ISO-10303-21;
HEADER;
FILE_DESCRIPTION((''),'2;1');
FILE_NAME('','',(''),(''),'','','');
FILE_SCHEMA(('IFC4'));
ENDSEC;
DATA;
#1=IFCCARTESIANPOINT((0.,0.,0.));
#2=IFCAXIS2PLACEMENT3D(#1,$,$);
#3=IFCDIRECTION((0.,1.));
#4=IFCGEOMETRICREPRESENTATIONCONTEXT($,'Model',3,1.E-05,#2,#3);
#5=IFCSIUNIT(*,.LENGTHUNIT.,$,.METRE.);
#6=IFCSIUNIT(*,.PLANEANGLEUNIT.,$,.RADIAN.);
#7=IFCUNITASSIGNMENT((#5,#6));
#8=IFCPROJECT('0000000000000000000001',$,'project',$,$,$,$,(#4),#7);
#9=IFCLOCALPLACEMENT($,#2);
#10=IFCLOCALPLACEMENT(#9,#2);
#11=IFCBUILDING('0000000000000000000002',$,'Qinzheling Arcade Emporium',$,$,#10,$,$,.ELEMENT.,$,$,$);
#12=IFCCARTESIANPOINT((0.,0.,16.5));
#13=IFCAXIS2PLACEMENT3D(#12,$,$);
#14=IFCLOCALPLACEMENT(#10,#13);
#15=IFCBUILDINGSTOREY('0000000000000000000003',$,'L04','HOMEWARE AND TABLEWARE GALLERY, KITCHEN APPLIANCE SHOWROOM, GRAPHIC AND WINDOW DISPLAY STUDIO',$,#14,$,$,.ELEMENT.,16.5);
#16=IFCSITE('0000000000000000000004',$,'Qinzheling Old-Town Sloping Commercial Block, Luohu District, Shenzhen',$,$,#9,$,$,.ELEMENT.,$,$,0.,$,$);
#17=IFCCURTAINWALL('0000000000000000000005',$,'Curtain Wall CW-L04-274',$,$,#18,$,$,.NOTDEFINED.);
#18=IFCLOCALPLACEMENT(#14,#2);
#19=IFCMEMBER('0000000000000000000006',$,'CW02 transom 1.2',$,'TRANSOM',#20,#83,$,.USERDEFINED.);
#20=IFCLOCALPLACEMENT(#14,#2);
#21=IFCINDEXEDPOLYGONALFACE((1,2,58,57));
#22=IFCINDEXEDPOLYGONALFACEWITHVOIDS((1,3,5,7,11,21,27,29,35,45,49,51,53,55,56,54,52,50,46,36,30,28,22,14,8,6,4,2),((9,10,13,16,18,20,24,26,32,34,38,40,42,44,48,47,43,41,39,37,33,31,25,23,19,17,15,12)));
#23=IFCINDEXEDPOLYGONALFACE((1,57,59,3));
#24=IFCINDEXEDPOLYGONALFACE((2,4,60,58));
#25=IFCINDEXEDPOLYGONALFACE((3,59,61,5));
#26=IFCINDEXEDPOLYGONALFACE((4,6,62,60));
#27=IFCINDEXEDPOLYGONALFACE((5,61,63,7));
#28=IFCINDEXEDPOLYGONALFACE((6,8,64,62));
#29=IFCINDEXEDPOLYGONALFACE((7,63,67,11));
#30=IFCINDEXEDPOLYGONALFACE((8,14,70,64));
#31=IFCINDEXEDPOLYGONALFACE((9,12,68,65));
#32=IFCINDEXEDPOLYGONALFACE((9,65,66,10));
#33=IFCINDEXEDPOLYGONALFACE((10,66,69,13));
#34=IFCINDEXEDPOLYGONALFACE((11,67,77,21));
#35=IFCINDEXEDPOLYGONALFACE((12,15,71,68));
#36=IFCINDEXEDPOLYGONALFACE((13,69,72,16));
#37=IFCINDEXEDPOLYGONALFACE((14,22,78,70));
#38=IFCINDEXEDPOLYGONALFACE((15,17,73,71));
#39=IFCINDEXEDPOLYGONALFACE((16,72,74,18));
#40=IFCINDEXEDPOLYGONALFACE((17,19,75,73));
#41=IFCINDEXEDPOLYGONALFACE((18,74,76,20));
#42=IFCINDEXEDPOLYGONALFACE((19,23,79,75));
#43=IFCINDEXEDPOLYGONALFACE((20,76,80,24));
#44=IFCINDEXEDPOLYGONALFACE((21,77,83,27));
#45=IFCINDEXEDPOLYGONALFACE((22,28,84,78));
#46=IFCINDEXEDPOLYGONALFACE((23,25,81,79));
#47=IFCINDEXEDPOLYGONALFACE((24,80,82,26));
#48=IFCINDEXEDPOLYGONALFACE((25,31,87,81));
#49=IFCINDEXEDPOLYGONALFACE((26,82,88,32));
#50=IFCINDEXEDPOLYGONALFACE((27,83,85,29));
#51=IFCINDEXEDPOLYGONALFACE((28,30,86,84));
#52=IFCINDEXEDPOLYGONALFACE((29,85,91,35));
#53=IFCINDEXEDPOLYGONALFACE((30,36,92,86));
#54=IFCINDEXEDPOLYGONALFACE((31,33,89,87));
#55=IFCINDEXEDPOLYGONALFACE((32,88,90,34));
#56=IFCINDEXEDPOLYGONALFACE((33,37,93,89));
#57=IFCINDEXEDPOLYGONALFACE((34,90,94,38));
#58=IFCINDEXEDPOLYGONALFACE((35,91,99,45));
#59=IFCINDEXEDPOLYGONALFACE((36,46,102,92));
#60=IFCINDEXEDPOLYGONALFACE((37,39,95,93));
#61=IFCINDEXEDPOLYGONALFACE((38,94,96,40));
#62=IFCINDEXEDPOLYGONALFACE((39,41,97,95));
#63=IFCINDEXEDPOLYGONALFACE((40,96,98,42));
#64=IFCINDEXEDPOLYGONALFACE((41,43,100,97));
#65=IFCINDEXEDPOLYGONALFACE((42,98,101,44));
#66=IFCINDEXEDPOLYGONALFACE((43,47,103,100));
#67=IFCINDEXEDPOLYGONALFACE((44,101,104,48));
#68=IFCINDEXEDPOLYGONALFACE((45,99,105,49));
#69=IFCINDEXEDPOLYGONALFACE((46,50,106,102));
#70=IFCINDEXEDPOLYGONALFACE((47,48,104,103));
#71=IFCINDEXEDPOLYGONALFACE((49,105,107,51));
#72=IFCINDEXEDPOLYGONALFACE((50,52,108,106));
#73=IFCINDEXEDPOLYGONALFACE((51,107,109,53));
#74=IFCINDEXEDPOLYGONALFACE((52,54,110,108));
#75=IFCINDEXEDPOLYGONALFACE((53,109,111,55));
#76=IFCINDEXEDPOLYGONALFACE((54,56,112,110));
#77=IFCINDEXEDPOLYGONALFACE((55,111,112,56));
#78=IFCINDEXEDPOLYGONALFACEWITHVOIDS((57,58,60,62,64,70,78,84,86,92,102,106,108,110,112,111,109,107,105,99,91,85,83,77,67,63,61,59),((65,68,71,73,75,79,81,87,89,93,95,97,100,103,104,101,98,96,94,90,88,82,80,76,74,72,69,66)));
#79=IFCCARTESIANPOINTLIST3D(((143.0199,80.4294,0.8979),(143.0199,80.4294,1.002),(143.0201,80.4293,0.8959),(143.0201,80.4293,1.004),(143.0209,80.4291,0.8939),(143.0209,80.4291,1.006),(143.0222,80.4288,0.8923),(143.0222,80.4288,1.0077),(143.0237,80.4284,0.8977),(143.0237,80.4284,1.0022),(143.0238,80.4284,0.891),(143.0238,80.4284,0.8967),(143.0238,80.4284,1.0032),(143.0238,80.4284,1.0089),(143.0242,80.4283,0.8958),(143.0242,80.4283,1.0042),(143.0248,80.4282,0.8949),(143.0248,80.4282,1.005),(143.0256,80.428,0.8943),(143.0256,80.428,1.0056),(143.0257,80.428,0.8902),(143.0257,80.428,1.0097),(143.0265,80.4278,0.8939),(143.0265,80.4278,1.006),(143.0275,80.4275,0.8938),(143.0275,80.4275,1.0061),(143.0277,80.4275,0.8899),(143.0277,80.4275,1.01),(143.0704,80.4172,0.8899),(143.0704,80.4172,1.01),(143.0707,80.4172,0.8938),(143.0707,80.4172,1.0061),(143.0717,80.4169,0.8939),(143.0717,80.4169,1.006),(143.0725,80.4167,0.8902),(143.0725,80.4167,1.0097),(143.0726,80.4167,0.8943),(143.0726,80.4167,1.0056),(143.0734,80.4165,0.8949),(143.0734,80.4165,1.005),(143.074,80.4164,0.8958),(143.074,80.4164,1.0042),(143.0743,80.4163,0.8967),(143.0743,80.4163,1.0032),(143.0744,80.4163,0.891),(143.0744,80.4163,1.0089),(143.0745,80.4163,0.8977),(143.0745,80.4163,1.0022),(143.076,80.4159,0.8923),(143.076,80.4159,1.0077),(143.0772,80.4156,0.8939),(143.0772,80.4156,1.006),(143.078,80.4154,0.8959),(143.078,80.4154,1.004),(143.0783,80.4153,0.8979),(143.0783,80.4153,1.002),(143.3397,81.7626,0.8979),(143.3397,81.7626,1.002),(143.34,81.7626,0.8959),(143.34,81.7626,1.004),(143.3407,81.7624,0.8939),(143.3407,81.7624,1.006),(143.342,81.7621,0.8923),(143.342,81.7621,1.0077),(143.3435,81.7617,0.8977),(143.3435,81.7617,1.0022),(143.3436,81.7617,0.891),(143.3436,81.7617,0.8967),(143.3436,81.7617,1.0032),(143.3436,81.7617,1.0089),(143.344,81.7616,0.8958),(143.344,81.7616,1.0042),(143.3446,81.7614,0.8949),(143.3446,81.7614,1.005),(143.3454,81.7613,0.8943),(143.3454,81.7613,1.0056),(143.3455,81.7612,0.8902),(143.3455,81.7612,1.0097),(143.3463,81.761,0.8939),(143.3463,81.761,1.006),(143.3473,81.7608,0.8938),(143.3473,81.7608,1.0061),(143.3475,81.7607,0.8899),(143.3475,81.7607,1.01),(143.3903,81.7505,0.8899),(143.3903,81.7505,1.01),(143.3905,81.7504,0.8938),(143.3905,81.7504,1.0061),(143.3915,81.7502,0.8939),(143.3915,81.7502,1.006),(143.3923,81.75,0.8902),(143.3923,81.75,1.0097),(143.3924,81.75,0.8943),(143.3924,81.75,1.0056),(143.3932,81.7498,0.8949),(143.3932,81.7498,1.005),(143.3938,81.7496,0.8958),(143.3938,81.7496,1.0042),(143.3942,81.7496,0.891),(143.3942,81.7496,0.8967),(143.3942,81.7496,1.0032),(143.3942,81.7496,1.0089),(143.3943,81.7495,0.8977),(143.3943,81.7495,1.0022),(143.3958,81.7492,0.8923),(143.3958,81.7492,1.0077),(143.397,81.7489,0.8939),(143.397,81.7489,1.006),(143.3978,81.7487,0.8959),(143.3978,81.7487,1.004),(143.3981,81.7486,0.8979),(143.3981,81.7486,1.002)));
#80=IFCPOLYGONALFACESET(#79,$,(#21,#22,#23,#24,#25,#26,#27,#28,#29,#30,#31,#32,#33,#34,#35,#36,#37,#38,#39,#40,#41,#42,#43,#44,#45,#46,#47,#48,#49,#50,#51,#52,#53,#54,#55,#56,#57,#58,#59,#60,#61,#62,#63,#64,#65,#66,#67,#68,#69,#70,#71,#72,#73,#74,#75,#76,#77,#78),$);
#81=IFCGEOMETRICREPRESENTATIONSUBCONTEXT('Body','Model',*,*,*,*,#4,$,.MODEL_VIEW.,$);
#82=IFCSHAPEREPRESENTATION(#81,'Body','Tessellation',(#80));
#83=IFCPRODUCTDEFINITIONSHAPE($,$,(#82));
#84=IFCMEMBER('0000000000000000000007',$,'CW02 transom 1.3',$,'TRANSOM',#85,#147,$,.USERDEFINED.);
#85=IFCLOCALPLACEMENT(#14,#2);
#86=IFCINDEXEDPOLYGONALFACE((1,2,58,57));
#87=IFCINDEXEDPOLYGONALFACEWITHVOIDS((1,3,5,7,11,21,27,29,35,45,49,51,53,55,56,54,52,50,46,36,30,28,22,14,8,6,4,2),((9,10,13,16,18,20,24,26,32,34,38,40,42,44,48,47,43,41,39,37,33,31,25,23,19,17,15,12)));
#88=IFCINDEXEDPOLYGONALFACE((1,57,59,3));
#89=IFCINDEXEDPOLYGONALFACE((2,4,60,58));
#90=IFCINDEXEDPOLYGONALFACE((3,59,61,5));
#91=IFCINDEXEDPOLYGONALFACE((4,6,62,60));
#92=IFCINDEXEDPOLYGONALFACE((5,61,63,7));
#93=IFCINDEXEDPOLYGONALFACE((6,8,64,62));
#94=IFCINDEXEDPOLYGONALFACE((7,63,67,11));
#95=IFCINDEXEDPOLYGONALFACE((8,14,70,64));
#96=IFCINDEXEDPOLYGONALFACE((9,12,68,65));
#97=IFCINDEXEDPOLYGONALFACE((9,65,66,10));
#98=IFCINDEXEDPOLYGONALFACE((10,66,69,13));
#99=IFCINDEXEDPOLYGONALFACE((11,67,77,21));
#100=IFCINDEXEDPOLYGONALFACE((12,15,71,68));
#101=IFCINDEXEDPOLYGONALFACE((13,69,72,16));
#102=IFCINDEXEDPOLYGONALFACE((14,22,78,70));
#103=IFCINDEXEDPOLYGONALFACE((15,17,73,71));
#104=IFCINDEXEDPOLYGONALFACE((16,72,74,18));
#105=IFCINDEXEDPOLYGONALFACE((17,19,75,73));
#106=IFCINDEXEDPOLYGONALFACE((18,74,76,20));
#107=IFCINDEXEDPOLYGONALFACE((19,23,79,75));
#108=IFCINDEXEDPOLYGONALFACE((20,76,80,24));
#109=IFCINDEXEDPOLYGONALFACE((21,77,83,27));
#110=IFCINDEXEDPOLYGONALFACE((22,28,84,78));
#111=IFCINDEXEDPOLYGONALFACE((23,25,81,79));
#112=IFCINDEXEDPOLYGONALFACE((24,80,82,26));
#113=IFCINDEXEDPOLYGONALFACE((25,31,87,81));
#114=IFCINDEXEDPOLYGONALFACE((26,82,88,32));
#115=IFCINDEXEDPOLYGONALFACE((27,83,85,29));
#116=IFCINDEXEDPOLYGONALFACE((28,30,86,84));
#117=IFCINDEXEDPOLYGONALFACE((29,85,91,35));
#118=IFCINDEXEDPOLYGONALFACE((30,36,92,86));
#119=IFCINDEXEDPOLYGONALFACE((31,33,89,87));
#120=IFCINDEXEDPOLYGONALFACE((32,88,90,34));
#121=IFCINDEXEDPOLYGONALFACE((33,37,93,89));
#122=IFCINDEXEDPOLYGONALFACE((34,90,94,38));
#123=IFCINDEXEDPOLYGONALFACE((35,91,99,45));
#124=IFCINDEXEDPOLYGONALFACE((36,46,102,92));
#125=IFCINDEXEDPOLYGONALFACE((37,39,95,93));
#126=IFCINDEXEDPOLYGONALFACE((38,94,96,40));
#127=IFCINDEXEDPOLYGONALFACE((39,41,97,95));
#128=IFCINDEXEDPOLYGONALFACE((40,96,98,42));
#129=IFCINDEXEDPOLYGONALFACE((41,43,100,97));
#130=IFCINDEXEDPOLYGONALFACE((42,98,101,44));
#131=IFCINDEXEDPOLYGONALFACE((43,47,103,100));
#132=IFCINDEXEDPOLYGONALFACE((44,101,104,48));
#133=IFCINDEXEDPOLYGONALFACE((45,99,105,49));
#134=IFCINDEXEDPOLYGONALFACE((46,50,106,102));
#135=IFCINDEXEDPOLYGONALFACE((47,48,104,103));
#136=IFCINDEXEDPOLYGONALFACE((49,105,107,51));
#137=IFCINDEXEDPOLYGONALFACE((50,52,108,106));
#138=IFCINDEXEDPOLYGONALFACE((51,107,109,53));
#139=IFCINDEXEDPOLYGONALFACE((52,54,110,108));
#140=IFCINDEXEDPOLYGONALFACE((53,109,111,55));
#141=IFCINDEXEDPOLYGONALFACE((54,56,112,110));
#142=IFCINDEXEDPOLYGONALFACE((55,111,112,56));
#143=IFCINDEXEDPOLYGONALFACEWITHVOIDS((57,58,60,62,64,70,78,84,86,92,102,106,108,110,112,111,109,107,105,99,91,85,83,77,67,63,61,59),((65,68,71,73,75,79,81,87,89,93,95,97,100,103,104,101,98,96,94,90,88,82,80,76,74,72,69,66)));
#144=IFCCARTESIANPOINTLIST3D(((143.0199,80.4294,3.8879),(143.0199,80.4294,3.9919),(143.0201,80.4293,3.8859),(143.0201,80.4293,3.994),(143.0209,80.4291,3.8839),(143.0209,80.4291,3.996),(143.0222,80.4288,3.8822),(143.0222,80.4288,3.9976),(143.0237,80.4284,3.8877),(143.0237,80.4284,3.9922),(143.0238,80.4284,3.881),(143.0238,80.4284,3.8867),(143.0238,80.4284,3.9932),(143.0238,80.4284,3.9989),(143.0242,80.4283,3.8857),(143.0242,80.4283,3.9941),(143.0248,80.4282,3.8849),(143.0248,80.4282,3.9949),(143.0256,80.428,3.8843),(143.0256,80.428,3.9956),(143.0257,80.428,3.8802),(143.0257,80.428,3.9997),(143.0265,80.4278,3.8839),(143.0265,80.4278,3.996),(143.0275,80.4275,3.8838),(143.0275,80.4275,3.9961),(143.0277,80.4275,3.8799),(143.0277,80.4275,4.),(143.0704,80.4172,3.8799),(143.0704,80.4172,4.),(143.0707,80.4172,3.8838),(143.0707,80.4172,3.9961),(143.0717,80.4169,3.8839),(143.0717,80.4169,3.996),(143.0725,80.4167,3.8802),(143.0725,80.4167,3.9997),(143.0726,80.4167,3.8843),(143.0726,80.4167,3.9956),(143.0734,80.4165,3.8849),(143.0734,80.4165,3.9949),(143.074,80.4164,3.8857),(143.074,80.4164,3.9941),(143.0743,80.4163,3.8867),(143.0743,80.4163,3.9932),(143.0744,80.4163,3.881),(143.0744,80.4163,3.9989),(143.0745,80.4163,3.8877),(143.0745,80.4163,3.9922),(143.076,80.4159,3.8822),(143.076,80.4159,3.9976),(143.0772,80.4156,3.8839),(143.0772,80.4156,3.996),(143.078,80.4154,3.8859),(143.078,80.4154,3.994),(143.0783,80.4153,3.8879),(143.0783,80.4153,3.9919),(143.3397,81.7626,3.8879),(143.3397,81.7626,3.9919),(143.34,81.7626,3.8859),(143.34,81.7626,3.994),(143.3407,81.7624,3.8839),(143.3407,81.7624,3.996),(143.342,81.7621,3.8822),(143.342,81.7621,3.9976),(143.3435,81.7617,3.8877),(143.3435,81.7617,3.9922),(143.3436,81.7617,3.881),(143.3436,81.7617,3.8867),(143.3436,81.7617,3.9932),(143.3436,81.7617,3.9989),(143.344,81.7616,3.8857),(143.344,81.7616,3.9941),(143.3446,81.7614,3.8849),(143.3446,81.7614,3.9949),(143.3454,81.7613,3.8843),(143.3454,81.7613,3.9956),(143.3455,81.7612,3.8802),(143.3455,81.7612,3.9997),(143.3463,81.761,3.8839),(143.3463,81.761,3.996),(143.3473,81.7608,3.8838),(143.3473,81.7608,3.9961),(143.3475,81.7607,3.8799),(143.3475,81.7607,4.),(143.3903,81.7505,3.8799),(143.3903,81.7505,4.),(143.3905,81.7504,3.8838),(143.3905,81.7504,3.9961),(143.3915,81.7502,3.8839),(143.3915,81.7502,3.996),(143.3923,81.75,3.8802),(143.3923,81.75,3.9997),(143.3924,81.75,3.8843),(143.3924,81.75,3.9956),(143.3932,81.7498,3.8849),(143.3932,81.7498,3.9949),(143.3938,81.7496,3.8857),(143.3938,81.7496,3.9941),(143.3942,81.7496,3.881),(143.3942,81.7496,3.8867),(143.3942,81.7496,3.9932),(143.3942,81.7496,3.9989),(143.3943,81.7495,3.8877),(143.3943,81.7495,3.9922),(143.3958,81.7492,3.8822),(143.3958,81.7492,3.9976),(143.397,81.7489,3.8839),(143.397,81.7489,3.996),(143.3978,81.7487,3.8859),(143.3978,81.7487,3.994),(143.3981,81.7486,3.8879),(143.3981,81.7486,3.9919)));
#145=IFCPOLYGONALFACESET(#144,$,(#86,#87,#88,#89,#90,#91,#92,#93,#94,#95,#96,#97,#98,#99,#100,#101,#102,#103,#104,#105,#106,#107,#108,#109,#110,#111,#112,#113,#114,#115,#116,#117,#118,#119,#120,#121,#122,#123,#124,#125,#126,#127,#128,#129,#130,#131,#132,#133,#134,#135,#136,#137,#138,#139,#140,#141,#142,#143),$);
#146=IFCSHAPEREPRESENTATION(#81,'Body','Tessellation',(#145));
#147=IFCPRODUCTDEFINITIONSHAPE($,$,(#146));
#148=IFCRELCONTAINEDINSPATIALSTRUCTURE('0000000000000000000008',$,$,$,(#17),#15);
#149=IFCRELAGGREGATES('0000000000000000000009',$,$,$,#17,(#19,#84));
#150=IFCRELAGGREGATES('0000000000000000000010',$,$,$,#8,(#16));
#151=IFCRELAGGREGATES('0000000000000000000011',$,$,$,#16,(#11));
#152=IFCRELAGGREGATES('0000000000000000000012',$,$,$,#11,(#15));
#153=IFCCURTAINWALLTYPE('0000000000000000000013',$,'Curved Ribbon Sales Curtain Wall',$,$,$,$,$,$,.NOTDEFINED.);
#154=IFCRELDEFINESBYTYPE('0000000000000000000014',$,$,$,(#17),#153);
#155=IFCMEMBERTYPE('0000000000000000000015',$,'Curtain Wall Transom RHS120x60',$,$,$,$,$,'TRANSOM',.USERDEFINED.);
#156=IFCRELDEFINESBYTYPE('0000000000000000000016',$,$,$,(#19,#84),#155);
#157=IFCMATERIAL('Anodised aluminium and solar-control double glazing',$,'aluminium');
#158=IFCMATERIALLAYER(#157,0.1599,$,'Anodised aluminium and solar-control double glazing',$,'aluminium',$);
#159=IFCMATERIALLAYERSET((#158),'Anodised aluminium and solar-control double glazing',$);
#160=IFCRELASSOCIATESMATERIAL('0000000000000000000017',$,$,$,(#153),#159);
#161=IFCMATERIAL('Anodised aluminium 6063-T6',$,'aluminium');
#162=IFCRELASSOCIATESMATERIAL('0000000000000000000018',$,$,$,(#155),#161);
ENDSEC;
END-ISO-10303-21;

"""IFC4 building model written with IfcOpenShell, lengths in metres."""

from ifc_helpers import new_model, si_unit, direction, frame, origin, origin_2d, place, context, subcontext, project, spatial, hollow_rectangle, extrude, material, layer, layer_set, material_profile, profile_set, type_object, element, aggregate, save


model = new_model("IFC4")

# Units and contexts
model_context = context("Model", 3, precision=1e-05, world=origin(), true_north=direction((0.0, 1.0)))
body_context = subcontext(model_context, "Body", "Model", "MODEL_VIEW")
ifc_project = project(units=[si_unit("LENGTHUNIT", "METRE"), si_unit("PLANEANGLEUNIT", "RADIAN")], contexts=[model_context])

# Site, building, storey
site_placement = place(None, origin())
site = spatial("IfcSite", under=ifc_project, at=site_placement, Name="Qinzheling Old-Town Sloping Commercial Block, Luohu District, Shenzhen", CompositionType="ELEMENT", RefElevation=0.0)
building_placement = place(site_placement, origin())
building = spatial("IfcBuilding", under=site, at=building_placement, Name="Qinzheling Arcade Emporium", CompositionType="ELEMENT")
storey_placement = place(building_placement, frame((0.0, 0.0, 16.5)))
storey = spatial("IfcBuildingStorey", under=building, at=storey_placement, Name="L04", Description="HOMEWARE AND TABLEWARE GALLERY, KITCHEN APPLIANCE SHOWROOM, GRAPHIC AND WINDOW DISPLAY STUDIO", CompositionType="ELEMENT", Elevation=16.5)

# Curtain wall
ifc_material_1 = material(Name="Anodised aluminium and solar-control double glazing", Category="aluminium")
ifc_layer_1 = layer(ifc_material_1, 0.1599, Name="Anodised aluminium and solar-control double glazing", Category="aluminium")
ifc_layer_set_1 = layer_set([ifc_layer_1], Name="Anodised aluminium and solar-control double glazing")
curtain_wall_type = type_object("IfcCurtainWallType", Name="Curved Ribbon Sales Curtain Wall", PredefinedType="NOTDEFINED", material=ifc_layer_set_1)
curtain_wall_1_placement = place(storey_placement, origin())
curtain_wall_1 = element("IfcCurtainWall", 1, at=curtain_wall_1_placement, inside=storey, type_object=curtain_wall_type, Name="Curtain Wall CW-L04-274", PredefinedType="NOTDEFINED")
ifc_material_2 = material(Name="Anodised aluminium 6063-T6", Category="aluminium")

# Members
ifc_material_profile_1 = material_profile(ifc_material_2, hollow_rectangle(XDim=0.0601, YDim=0.1201, WallThickness=0.0039, InnerFilletRadius=0.0039, OuterFilletRadius=0.0081, at=origin_2d()), Name="RHS 120x60x4", Category="aluminium")
ifc_profile_set_1 = profile_set([ifc_material_profile_1], Name="Anodised aluminium 6063-T6")
member_type_1 = type_object("IfcMemberType", Name="Curtain Wall Transom RHS120x60", ElementType="TRANSOM", PredefinedType="USERDEFINED", material=ifc_profile_set_1)
member_1_placement = place(storey_placement, frame((143.3689, 81.7556, 0.95), z_axis=(-0.233265, -0.972413, 0.0), x_axis=(0.972413, -0.233265, 0.0)))
member_1 = element("IfcMember", 2, at=member_1_placement, type_object=member_type_1, Name="CW02 transom 1.2", ObjectType="TRANSOM", PredefinedType="USERDEFINED", context=body_context, shape_type="SweptSolid", body=[
    extrude(hollow_rectangle(XDim=0.0601, YDim=0.1201, WallThickness=0.0039, InnerFilletRadius=0.0039, OuterFilletRadius=0.0081, at=origin_2d()), origin(), (0.0, 0.0, 1.0), 1.3711),
])
member_2_placement = place(storey_placement, frame((143.3689, 81.7556, 3.9399), z_axis=(-0.233265, -0.972413, 0.0), x_axis=(0.972413, -0.233265, 0.0)))
member_2 = element("IfcMember", 3, at=member_2_placement, type_object=member_type_1, Name="CW02 transom 1.3", ObjectType="TRANSOM", PredefinedType="USERDEFINED", context=body_context, shape_type="SweptSolid", body=[
    extrude(hollow_rectangle(XDim=0.0601, YDim=0.1201, WallThickness=0.0039, InnerFilletRadius=0.0039, OuterFilletRadius=0.0081, at=origin_2d()), origin(), (0.0, 0.0, 1.0), 1.3711),
])

aggregate(curtain_wall_1, [member_1, member_2])

save(model, "model.ifc")
